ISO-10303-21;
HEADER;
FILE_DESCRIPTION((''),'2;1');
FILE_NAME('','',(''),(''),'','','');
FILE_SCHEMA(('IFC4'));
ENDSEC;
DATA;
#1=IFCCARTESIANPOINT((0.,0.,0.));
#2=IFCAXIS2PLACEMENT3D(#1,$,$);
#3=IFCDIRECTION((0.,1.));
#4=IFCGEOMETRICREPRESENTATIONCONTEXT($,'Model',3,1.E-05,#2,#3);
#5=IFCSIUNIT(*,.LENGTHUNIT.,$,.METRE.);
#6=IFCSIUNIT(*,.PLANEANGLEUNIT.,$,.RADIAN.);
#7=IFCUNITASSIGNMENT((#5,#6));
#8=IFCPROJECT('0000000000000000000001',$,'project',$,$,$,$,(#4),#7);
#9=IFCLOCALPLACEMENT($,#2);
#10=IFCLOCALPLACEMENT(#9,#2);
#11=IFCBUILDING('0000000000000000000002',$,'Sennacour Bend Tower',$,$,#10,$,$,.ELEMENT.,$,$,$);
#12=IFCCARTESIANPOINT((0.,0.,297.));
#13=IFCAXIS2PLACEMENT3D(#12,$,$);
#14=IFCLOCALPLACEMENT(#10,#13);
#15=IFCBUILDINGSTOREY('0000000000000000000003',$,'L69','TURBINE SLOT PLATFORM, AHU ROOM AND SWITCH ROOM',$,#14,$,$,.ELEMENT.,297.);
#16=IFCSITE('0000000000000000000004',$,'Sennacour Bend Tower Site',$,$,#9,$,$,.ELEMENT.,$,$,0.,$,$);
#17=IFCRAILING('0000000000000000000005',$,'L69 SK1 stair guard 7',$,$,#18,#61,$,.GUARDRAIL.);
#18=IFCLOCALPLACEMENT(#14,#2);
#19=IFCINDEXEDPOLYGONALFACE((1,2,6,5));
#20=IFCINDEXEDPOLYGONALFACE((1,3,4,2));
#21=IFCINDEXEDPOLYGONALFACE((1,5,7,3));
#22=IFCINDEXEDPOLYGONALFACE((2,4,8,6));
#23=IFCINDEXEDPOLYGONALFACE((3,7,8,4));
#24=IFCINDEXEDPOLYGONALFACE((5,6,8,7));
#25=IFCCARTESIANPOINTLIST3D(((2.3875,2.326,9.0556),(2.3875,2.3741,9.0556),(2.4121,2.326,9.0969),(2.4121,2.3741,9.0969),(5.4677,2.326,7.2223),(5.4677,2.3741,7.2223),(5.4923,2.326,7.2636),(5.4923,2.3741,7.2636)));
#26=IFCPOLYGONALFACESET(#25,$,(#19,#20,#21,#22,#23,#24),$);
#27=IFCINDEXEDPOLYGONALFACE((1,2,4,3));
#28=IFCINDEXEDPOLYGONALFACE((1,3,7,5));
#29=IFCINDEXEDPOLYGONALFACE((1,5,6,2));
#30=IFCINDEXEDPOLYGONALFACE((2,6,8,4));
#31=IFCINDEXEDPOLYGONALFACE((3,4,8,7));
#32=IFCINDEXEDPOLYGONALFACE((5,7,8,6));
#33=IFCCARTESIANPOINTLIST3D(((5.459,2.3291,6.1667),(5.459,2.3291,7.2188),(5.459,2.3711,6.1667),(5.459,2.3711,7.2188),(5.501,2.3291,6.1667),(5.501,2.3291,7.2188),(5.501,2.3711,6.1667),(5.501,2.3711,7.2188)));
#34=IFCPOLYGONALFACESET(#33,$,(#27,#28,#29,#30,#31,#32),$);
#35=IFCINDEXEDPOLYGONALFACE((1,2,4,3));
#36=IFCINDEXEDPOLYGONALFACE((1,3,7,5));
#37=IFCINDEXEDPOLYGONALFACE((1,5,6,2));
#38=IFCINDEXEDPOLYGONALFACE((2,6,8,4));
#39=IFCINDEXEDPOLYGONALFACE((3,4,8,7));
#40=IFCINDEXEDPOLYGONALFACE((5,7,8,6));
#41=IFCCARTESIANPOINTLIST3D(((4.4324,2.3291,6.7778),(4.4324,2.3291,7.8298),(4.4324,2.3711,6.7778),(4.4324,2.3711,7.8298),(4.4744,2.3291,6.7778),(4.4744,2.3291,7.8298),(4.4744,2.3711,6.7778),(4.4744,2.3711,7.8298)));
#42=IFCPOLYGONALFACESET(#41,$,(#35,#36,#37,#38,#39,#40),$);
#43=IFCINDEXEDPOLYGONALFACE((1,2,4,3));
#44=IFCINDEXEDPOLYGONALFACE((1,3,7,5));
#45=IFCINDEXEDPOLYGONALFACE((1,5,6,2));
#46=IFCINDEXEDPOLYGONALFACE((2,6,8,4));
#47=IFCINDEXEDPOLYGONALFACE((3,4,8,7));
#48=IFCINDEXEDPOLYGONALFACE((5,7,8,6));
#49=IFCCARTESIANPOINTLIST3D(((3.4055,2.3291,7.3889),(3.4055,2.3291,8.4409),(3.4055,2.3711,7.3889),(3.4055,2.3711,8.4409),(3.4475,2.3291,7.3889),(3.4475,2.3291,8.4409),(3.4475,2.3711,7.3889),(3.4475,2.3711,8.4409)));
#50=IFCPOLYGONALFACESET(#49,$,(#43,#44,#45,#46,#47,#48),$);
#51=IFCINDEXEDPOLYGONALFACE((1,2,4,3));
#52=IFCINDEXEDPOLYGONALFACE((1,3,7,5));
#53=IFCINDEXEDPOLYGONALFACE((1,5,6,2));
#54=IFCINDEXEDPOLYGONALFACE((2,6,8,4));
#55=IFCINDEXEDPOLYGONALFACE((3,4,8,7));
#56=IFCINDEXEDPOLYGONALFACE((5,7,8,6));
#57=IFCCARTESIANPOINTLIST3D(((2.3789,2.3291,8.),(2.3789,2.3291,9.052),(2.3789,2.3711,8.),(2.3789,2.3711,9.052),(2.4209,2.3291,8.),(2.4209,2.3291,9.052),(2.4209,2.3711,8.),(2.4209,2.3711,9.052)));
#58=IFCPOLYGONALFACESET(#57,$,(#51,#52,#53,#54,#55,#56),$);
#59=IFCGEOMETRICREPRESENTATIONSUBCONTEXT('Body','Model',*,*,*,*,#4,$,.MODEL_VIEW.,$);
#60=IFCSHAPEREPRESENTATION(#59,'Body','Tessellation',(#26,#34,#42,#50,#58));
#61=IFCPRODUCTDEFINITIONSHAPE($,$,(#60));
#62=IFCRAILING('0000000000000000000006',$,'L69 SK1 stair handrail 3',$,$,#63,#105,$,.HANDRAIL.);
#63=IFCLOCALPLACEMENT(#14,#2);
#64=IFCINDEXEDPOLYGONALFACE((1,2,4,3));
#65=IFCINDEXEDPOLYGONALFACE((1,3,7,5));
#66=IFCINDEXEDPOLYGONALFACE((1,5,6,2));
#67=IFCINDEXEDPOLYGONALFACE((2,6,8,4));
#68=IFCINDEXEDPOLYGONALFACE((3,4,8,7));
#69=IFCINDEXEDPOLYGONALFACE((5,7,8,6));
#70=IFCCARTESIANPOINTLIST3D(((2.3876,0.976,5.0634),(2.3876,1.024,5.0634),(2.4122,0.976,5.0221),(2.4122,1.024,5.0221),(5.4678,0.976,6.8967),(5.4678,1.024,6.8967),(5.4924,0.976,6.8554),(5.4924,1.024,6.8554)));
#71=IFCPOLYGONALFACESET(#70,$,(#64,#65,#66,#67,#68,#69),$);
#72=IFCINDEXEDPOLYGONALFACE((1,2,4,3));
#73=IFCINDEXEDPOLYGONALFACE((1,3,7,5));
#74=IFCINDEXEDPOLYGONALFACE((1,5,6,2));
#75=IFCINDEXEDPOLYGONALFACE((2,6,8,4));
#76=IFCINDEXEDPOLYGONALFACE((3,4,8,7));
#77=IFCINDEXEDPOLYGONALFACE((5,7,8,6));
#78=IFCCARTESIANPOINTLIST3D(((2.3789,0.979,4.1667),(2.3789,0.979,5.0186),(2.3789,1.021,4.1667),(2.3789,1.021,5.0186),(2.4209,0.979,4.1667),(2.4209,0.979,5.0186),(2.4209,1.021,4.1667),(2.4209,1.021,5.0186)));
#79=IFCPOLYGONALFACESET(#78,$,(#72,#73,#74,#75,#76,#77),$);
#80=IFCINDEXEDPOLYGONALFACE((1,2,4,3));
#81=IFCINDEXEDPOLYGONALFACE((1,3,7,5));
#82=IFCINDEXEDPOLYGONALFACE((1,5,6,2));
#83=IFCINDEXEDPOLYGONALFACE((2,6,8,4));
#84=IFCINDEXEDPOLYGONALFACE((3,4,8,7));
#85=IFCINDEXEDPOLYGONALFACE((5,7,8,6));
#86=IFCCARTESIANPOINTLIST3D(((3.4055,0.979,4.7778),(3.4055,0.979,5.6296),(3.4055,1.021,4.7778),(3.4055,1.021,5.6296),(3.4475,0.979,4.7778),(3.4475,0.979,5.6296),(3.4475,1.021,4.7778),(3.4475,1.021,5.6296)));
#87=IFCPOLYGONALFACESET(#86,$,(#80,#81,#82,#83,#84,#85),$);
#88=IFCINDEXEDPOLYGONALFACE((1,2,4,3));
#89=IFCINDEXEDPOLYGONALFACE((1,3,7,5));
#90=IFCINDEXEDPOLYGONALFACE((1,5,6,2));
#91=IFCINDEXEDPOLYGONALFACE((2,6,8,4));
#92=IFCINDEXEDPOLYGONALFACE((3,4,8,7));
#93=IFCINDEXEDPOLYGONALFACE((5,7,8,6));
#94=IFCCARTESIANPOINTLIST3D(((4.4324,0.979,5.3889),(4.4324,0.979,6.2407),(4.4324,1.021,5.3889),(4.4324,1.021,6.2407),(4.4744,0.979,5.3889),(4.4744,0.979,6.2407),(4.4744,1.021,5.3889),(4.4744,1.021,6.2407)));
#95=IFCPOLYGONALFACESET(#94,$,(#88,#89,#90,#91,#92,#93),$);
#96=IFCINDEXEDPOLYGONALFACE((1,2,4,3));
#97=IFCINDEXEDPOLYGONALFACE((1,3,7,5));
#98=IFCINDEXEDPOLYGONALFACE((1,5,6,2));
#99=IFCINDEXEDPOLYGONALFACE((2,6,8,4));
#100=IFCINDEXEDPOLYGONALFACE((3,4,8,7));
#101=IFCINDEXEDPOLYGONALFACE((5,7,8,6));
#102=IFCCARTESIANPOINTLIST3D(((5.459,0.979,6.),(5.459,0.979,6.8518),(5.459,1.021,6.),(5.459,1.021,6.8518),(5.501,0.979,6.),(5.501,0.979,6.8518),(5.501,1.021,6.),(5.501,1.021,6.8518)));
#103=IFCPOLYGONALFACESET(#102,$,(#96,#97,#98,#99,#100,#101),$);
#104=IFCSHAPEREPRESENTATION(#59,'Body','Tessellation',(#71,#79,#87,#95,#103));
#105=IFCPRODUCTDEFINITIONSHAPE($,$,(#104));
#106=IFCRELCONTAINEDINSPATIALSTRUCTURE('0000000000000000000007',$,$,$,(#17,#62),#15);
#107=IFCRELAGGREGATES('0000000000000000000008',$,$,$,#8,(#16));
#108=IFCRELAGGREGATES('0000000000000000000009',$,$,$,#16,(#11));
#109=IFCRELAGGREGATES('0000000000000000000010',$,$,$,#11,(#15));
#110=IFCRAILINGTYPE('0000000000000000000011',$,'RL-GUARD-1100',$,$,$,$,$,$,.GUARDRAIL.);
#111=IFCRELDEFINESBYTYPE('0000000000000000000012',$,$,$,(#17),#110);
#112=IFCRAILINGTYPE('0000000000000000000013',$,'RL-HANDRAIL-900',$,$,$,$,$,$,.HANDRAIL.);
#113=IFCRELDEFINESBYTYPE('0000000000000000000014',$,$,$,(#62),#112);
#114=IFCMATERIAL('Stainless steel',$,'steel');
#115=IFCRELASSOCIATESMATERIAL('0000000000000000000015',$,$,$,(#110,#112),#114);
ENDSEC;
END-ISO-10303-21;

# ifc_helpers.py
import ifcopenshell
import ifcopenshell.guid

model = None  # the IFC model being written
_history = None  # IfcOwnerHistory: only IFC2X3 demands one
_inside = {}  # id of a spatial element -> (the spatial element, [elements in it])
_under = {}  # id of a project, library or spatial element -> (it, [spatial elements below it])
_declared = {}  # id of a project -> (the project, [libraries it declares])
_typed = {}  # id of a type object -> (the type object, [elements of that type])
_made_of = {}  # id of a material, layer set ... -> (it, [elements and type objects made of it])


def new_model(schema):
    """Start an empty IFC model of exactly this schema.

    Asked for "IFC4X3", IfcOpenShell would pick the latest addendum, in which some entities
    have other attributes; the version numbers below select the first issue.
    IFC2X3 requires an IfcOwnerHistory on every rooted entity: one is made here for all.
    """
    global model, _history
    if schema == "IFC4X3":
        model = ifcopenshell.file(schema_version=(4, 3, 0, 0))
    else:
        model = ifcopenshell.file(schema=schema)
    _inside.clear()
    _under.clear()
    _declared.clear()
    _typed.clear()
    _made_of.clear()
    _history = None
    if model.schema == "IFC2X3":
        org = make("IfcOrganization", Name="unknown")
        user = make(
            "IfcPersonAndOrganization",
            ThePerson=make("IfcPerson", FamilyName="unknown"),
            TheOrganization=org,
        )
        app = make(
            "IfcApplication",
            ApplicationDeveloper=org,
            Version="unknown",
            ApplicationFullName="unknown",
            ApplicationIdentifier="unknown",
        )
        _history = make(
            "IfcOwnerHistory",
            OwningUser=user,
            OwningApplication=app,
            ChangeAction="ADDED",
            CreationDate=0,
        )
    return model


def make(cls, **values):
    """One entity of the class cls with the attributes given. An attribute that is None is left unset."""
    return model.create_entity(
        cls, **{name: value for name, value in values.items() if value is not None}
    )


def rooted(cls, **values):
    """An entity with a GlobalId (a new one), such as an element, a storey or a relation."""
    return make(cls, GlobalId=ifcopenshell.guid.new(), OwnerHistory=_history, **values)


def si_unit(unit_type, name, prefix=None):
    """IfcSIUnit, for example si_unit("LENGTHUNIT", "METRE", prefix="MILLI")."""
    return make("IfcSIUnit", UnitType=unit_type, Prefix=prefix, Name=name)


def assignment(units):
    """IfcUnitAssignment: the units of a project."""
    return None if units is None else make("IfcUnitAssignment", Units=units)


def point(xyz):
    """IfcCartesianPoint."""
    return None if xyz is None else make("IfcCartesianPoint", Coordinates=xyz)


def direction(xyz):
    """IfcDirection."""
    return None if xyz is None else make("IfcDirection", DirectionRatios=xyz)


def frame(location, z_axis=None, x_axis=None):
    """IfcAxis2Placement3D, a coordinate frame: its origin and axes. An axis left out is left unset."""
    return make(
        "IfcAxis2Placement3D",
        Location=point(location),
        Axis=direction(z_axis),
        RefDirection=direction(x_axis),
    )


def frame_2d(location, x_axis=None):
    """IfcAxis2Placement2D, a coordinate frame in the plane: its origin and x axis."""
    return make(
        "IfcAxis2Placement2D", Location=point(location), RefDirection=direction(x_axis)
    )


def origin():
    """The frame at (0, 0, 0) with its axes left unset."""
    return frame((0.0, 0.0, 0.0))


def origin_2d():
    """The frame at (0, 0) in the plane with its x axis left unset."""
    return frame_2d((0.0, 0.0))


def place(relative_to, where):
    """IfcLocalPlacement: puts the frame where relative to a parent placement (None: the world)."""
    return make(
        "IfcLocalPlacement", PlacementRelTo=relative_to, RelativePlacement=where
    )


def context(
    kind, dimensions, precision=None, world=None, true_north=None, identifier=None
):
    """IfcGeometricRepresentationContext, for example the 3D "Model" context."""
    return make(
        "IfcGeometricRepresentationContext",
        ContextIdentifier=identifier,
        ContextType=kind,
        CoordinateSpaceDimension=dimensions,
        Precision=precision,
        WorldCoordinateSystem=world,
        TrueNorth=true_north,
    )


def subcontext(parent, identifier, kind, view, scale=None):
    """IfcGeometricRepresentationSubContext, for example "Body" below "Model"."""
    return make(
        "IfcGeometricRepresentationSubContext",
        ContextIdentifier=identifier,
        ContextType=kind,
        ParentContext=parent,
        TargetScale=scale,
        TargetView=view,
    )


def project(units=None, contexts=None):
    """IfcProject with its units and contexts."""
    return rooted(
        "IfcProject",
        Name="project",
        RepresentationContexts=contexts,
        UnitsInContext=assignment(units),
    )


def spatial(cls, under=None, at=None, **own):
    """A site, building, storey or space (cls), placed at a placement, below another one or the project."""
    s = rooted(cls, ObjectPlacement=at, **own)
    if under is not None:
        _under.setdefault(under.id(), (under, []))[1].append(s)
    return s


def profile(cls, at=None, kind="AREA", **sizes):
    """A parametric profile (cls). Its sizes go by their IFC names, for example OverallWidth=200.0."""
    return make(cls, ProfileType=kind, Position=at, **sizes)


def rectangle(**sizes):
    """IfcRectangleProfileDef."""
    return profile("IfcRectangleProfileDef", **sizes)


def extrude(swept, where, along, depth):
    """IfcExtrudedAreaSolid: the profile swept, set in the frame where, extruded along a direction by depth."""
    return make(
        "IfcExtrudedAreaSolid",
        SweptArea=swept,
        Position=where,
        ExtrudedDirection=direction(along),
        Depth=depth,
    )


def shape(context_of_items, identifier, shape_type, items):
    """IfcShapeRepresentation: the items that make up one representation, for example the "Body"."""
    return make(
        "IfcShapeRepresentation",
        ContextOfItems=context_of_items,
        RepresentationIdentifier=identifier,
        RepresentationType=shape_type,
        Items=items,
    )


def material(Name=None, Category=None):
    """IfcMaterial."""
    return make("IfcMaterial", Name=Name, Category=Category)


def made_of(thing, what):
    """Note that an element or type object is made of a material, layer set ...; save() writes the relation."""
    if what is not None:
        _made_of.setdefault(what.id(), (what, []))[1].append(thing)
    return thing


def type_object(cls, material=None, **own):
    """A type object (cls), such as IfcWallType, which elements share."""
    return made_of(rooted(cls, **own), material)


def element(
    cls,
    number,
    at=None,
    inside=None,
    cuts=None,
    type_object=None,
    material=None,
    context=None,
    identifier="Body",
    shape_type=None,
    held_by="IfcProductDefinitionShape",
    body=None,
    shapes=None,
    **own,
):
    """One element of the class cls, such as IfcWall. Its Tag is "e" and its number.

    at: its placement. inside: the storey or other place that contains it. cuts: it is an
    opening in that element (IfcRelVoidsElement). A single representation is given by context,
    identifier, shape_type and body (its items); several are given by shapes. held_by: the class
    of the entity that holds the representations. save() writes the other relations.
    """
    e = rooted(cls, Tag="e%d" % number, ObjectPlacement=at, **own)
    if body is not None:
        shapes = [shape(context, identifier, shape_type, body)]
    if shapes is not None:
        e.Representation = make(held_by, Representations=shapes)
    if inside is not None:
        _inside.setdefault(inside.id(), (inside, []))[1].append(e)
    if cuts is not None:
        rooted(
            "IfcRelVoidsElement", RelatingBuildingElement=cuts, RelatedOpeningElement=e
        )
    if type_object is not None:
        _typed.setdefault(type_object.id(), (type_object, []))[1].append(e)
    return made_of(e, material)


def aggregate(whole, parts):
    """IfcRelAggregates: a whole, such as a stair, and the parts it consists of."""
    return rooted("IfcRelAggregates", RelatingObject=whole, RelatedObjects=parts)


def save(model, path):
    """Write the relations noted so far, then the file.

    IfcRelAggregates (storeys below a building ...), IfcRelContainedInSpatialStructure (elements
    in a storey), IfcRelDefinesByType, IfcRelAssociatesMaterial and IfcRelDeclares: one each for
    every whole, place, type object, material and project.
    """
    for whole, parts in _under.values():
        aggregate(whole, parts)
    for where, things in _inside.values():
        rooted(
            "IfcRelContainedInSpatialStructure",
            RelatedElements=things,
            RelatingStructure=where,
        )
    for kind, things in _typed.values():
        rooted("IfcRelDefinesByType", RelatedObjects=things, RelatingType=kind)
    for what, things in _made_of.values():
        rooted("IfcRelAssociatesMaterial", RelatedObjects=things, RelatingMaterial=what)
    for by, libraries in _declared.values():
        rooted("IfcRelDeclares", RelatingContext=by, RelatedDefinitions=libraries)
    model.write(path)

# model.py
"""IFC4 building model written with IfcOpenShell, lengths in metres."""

from ifc_helpers import new_model, si_unit, direction, frame, origin, origin_2d, place, context, subcontext, project, spatial, rectangle, extrude, material, type_object, element, save


model = new_model("IFC4")

# Units and contexts
model_context = context("Model", 3, precision=1e-05, world=origin(), true_north=direction((0.0, 1.0)))
body_context = subcontext(model_context, "Body", "Model", "MODEL_VIEW")
ifc_project = project(units=[si_unit("LENGTHUNIT", "METRE"), si_unit("PLANEANGLEUNIT", "RADIAN")], contexts=[model_context])

# Site, building, storey
site_placement = place(None, origin())
site = spatial("IfcSite", under=ifc_project, at=site_placement, Name="Sennacour Bend Tower Site", CompositionType="ELEMENT", RefElevation=0.0)
building_placement = place(site_placement, origin())
building = spatial("IfcBuilding", under=site, at=building_placement, Name="Sennacour Bend Tower", CompositionType="ELEMENT")
storey_placement = place(building_placement, frame((0.0, 0.0, 297.0)))
storey = spatial("IfcBuildingStorey", under=building, at=storey_placement, Name="L69", Description="TURBINE SLOT PLATFORM, AHU ROOM AND SWITCH ROOM", CompositionType="ELEMENT", Elevation=297.0)

# Railings
ifc_material_1 = material(Name="Stainless steel", Category="steel")
railing_type_1 = type_object("IfcRailingType", Name="RL-GUARD-1100", PredefinedType="GUARDRAIL", material=ifc_material_1)
railing_1_placement = place(storey_placement, frame((5.48, 2.3501, 6.1667)))
element("IfcRailing", 1, at=railing_1_placement, inside=storey, type_object=railing_type_1, Name="L69 SK1 stair guard 7", PredefinedType="GUARDRAIL", context=body_context, shape_type="SweptSolid", body=[
    extrude(rectangle(XDim=0.0481, YDim=0.0481, at=origin_2d()), frame((0.0, 0.0, 1.0762), z_axis=(-0.859309, 0.0, 0.511458), x_axis=(0.0, -1.0, 0.0)), (0.0, 0.0, 1.0), 3.5845),
    extrude(rectangle(XDim=0.042, YDim=0.042, at=origin_2d()), origin(), (0.0, 0.0, 1.0), 1.052),
    extrude(rectangle(XDim=0.042, YDim=0.042, at=origin_2d()), frame((-1.0266, 0.0, 0.6111)), (0.0, 0.0, 1.0), 1.052),
    extrude(rectangle(XDim=0.042, YDim=0.042, at=origin_2d()), frame((-2.0535, 0.0, 1.2222)), (0.0, 0.0, 1.0), 1.052),
    extrude(rectangle(XDim=0.042, YDim=0.042, at=origin_2d()), frame((-3.0801, 0.0, 1.8333)), (0.0, 0.0, 1.0), 1.052),
])
railing_type_2 = type_object("IfcRailingType", Name="RL-HANDRAIL-900", PredefinedType="HANDRAIL", material=ifc_material_1)
railing_2_placement = place(storey_placement, frame((2.3999, 1.0, 4.1667)))
element("IfcRailing", 2, at=railing_2_placement, inside=storey, type_object=railing_type_2, Name="L69 SK1 stair handrail 3", PredefinedType="HANDRAIL", context=body_context, shape_type="SweptSolid", body=[
    extrude(rectangle(XDim=0.0481, YDim=0.0481, at=origin_2d()), frame((0.0, 0.0, 0.876), z_axis=(0.859309, 0.0, 0.511458), x_axis=(0.0, 1.0, 0.0)), (0.0, 0.0, 1.0), 3.5845),
    extrude(rectangle(XDim=0.042, YDim=0.042, at=origin_2d()), origin(), (0.0, 0.0, 1.0), 0.8518),
    extrude(rectangle(XDim=0.042, YDim=0.042, at=origin_2d()), frame((1.0266, 0.0, 0.6111)), (0.0, 0.0, 1.0), 0.8518),
    extrude(rectangle(XDim=0.042, YDim=0.042, at=origin_2d()), frame((2.0535, 0.0, 1.2222)), (0.0, 0.0, 1.0), 0.8518),
    extrude(rectangle(XDim=0.042, YDim=0.042, at=origin_2d()), frame((3.0801, 0.0, 1.8333)), (0.0, 0.0, 1.0), 0.8518),
])

save(model, "model.ifc")
